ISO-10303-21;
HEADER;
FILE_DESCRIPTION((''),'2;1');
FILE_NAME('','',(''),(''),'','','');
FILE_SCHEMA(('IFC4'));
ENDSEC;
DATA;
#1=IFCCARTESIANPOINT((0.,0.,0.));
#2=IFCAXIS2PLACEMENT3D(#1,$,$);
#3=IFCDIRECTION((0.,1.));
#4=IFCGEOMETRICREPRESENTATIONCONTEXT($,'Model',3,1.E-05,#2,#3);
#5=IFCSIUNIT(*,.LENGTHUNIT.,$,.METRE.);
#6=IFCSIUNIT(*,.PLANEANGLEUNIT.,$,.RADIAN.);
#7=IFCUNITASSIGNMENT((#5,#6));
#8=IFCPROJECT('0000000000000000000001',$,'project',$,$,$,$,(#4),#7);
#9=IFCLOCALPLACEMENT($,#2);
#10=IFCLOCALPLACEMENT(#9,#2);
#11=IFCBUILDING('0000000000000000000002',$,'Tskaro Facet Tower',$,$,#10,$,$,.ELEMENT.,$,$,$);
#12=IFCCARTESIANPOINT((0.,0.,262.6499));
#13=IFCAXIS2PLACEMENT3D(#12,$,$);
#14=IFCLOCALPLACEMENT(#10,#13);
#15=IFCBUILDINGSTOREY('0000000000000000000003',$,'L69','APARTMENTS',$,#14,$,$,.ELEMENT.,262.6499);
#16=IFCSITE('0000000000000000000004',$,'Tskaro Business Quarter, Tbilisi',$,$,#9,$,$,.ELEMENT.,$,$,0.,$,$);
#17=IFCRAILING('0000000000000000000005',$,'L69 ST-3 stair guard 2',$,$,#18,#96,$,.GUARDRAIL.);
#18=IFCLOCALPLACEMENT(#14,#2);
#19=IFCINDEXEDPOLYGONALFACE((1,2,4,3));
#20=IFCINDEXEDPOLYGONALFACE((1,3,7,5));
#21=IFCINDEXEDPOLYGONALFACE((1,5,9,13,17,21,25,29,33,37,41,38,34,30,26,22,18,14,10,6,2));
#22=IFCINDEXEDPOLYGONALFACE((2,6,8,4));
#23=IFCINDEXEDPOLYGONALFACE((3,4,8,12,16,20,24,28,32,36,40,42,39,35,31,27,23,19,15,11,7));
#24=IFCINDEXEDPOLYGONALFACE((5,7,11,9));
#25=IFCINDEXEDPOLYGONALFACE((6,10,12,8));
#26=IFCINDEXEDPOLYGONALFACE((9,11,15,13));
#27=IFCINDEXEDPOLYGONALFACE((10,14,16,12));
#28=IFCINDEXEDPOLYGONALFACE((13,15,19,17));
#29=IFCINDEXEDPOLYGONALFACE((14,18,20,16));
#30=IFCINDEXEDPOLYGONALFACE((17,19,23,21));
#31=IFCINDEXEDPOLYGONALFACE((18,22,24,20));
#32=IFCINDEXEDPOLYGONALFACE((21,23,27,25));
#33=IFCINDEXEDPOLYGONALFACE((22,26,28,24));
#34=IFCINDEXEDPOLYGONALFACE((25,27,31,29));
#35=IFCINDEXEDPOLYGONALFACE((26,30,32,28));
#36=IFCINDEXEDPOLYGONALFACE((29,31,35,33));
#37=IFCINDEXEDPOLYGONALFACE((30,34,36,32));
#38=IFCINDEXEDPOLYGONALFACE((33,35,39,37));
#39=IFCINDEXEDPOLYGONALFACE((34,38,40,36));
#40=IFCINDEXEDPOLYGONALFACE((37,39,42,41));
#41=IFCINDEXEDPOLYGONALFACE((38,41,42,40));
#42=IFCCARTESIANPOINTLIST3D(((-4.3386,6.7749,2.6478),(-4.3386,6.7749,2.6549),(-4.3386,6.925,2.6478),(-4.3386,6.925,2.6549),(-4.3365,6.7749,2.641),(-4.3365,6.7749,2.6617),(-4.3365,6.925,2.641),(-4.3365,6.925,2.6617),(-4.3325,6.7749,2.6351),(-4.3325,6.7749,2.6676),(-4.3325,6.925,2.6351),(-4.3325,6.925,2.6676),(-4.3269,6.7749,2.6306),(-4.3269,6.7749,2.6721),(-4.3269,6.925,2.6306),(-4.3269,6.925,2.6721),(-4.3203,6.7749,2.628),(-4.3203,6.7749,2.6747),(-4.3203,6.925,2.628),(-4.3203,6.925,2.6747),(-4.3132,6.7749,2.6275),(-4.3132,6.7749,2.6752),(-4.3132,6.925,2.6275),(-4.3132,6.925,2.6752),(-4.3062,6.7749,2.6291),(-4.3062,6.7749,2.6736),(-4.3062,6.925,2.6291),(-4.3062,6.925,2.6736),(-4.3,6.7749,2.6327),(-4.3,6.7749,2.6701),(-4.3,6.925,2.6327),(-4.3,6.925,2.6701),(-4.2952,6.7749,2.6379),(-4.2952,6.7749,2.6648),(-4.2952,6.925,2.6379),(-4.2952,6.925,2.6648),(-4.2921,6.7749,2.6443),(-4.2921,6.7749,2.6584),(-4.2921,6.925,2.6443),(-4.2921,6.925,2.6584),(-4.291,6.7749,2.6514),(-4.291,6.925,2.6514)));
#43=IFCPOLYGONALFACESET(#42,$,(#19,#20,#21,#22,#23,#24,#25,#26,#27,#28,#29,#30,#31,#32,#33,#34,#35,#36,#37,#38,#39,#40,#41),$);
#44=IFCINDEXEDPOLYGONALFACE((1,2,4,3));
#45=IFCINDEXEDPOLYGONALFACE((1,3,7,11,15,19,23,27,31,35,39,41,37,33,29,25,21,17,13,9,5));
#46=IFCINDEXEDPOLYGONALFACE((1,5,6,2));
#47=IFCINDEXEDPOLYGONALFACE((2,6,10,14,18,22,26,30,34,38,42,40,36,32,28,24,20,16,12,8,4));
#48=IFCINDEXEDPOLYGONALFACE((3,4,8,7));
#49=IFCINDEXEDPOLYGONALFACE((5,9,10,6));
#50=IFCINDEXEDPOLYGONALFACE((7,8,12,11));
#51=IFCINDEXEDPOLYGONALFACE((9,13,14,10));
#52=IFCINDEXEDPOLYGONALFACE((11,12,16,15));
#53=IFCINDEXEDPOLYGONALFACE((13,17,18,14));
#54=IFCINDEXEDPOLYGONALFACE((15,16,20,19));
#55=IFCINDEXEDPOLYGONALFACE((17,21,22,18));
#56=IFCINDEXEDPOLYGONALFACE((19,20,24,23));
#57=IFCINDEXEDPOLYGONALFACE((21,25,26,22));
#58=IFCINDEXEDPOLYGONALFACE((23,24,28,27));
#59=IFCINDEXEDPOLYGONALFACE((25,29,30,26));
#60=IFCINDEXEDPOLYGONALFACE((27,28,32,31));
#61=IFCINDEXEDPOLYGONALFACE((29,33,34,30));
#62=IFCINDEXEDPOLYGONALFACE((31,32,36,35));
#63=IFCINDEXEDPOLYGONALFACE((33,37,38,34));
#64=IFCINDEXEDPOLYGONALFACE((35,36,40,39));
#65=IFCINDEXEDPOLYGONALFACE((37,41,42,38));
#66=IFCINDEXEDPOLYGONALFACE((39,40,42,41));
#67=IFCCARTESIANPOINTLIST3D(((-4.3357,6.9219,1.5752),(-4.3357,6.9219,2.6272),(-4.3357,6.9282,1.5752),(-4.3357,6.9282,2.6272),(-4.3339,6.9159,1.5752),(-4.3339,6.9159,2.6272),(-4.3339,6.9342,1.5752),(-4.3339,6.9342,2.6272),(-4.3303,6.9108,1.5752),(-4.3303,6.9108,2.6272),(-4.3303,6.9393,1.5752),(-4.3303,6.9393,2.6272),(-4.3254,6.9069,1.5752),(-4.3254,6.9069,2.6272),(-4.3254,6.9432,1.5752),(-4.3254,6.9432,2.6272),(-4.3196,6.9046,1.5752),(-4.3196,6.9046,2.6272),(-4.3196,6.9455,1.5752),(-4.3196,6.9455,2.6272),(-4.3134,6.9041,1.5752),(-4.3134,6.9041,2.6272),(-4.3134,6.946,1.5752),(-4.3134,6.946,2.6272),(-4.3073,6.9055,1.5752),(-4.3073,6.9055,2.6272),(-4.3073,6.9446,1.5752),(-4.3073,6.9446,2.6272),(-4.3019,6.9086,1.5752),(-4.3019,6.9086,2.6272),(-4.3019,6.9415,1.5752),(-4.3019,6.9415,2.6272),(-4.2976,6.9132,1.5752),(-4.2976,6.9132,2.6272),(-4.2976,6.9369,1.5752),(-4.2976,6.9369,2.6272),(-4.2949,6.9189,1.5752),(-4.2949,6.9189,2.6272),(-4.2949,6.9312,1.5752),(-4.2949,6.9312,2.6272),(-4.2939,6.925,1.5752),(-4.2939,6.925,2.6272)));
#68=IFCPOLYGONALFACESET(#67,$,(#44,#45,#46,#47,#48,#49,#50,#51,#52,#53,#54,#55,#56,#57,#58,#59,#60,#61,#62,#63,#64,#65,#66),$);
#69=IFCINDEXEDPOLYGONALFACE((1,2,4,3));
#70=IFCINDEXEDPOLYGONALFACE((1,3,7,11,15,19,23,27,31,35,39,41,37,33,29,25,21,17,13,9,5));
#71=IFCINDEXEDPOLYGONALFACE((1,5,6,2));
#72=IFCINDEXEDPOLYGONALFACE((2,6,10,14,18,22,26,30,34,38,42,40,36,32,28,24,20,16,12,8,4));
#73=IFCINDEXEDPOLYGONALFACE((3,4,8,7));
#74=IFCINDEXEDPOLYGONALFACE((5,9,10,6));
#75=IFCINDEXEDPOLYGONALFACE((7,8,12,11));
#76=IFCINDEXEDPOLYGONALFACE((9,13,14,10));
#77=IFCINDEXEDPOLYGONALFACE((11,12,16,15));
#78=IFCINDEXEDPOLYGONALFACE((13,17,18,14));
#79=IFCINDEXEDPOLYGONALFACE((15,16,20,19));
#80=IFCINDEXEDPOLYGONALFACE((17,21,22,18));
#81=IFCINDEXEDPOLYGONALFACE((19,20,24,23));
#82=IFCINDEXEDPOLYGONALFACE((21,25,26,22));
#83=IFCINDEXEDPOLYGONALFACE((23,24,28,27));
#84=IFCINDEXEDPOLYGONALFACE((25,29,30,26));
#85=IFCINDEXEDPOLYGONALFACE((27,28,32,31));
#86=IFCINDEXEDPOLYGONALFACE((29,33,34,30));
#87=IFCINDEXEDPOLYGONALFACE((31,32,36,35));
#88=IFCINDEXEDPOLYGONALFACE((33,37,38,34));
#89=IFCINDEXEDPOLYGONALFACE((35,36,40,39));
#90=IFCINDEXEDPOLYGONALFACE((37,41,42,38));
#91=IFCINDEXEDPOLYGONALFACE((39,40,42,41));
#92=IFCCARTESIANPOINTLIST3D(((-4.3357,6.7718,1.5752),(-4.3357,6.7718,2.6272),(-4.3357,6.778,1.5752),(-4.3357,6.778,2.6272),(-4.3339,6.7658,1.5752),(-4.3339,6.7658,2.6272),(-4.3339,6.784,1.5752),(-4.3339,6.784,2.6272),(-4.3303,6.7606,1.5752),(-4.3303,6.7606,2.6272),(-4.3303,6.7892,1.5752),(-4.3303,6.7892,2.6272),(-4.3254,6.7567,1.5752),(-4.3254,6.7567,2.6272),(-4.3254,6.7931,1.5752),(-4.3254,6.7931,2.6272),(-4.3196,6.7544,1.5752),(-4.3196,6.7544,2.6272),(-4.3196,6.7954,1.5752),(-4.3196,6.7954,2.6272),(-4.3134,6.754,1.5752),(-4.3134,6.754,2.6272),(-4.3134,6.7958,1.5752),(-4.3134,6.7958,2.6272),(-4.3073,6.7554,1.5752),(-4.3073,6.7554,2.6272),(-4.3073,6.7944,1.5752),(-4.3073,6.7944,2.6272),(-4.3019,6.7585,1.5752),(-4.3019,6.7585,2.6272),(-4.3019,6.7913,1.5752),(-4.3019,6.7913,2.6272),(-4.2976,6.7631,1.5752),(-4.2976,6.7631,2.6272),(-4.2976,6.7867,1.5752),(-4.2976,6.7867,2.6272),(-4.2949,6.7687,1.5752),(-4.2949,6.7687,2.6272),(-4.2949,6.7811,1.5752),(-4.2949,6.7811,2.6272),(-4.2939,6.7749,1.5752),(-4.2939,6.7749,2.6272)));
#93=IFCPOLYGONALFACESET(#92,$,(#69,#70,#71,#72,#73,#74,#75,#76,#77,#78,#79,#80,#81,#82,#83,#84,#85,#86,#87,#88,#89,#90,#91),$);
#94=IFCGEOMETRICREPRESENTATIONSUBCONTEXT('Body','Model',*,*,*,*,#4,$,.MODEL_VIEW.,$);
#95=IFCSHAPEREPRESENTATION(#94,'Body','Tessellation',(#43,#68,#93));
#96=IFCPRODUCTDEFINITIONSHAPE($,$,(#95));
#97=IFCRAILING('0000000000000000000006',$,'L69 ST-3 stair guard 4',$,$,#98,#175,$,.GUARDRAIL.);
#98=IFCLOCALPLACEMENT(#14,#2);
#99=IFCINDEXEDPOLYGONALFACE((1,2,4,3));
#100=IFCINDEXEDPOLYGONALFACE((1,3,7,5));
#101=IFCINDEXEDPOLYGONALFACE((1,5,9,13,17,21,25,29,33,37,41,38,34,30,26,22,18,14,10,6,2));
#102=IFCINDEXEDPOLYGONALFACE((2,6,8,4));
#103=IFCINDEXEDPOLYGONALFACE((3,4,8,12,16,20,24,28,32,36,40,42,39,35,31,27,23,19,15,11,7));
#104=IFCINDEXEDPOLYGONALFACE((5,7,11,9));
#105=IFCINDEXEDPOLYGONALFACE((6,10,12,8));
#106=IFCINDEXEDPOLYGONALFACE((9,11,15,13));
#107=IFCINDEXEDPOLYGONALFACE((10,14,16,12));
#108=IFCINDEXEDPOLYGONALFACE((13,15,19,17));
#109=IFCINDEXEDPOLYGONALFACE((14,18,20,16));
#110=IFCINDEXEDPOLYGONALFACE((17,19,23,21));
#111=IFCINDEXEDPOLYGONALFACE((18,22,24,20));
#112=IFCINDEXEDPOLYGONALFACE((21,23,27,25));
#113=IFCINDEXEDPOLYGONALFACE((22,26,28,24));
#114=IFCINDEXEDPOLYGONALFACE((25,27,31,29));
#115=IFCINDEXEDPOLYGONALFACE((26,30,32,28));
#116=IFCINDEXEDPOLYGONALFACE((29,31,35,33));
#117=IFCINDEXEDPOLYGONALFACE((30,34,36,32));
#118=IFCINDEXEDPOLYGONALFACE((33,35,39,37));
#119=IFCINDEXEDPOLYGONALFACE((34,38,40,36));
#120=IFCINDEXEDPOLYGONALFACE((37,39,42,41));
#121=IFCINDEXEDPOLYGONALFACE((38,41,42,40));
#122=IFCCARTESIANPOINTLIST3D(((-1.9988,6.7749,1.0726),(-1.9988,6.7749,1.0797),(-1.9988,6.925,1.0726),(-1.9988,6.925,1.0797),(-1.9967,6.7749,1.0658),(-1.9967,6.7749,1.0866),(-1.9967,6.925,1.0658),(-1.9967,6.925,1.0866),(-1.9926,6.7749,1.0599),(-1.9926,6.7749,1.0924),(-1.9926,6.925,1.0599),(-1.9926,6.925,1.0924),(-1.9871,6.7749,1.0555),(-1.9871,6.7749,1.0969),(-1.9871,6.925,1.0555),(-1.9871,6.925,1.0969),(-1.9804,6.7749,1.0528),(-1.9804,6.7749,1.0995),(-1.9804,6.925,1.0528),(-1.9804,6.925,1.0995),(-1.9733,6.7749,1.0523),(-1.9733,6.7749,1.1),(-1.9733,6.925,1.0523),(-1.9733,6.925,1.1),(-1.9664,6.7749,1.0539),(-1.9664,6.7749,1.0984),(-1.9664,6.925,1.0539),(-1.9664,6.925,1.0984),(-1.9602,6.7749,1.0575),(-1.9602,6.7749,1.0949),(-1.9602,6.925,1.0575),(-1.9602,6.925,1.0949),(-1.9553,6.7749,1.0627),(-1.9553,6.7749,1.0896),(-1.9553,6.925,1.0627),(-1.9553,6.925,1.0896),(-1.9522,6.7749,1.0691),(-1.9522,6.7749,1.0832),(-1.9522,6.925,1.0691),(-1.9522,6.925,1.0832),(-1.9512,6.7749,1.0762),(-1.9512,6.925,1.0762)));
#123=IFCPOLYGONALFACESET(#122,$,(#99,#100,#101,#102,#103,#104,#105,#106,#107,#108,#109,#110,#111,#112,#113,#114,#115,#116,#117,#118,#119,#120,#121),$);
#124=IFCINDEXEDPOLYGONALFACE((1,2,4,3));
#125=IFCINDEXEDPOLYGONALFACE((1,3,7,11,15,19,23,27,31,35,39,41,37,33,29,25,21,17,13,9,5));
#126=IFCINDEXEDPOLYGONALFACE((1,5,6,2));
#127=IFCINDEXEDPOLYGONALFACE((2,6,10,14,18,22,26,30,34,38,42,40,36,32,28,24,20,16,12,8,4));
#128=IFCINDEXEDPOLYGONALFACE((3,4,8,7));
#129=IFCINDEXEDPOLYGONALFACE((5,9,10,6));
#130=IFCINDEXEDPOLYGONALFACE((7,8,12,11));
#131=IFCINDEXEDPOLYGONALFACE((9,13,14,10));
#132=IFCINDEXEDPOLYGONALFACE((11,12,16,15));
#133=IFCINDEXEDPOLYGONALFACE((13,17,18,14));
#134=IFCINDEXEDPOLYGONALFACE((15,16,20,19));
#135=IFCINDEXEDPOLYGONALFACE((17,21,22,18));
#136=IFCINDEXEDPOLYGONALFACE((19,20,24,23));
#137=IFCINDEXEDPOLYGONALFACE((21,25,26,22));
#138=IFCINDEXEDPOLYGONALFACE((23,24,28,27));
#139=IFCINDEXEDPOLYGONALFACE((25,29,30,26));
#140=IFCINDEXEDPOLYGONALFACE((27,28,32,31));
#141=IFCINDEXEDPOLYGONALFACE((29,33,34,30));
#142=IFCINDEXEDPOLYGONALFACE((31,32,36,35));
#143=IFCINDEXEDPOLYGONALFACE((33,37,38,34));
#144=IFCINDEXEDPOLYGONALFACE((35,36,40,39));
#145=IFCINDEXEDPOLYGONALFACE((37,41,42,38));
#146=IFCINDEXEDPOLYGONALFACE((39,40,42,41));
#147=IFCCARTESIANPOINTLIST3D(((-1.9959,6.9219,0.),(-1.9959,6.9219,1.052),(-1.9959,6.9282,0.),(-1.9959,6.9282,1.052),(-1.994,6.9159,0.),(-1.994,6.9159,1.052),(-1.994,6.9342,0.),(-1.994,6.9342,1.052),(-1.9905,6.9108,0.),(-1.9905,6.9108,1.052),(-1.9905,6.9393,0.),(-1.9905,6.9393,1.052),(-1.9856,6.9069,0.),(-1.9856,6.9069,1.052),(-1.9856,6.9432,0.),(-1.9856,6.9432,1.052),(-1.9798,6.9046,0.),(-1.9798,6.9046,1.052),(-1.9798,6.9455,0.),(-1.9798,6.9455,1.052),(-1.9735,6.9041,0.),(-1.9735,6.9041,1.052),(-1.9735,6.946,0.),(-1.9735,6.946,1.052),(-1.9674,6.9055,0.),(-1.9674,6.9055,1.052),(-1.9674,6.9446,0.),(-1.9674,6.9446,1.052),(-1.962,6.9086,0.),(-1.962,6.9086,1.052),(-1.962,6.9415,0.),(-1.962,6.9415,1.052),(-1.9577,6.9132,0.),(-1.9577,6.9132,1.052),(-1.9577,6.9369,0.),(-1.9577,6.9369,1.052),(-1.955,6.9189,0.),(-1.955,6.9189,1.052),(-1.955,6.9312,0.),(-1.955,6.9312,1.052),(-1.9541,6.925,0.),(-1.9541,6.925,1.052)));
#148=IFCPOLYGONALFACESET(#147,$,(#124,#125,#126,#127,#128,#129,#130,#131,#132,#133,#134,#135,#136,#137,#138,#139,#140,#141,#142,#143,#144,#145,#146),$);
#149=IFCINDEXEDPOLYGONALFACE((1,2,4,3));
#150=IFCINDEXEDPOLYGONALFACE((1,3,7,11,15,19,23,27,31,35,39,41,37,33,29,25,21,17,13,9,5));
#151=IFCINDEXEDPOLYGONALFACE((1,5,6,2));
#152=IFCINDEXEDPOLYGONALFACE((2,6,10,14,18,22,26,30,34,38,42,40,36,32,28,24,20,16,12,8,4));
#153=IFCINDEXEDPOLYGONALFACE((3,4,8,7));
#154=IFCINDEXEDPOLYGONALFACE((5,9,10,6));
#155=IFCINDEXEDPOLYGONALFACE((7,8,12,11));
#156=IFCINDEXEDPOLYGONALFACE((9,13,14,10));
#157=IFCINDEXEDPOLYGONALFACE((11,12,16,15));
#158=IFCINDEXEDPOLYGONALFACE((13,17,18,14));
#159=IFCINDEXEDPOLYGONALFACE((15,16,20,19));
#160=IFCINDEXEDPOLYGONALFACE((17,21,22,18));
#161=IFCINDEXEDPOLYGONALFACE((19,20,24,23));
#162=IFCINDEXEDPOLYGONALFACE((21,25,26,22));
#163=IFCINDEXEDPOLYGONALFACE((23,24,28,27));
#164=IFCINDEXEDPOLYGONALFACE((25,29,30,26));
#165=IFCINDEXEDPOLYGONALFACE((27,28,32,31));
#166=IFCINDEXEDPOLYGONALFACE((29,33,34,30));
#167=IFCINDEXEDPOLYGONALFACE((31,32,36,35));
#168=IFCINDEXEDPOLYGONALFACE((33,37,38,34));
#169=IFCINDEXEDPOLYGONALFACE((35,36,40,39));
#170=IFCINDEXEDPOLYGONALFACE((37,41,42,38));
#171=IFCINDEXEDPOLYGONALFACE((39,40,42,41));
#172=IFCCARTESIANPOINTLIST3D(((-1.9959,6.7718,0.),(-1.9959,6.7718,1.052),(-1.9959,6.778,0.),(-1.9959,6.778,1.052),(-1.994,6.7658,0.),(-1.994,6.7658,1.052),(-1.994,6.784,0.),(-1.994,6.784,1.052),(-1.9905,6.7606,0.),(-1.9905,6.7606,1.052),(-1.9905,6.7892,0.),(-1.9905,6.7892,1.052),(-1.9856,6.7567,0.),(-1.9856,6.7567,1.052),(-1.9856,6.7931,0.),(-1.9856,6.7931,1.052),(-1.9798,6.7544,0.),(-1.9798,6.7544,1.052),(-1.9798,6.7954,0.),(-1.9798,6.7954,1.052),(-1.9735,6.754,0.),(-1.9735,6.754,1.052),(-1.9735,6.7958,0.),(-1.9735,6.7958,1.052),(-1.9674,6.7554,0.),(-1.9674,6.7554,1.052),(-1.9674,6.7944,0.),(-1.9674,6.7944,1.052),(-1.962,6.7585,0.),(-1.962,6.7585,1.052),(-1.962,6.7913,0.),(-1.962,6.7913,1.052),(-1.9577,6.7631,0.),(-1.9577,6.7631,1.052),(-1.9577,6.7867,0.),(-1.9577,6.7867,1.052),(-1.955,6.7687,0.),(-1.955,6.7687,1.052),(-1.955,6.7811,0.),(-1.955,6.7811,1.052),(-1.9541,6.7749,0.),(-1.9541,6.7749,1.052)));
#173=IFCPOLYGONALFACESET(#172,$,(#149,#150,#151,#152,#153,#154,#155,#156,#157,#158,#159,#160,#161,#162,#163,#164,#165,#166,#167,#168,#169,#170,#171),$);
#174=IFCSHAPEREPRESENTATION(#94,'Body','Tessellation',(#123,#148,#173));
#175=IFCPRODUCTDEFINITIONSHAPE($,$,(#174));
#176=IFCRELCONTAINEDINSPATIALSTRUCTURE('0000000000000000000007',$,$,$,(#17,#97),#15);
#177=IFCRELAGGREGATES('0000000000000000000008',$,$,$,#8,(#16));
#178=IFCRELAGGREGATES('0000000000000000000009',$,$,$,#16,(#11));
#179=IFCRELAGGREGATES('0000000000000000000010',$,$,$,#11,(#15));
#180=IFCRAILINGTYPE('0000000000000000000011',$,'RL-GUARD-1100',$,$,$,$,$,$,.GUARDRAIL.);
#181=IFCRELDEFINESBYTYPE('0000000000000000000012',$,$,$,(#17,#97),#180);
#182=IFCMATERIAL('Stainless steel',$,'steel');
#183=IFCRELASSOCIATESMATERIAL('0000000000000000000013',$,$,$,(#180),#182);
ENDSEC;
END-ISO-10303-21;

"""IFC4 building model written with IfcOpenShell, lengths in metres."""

from ifc_helpers import new_model, si_unit, direction, frame, origin, origin_2d, place, context, subcontext, project, spatial, circle, extrude, material, type_object, element, save


model = new_model("IFC4")

# Units and contexts
model_context = context("Model", 3, precision=1e-05, world=origin(), true_north=direction((0.0, 1.0)))
body_context = subcontext(model_context, "Body", "Model", "MODEL_VIEW")
ifc_project = project(units=[si_unit("LENGTHUNIT", "METRE"), si_unit("PLANEANGLEUNIT", "RADIAN")], contexts=[model_context])

# Site, building, storey
site_placement = place(None, origin())
site = spatial("IfcSite", under=ifc_project, at=site_placement, Name="Tskaro Business Quarter, Tbilisi", CompositionType="ELEMENT", RefElevation=0.0)
building_placement = place(site_placement, origin())
building = spatial("IfcBuilding", under=site, at=building_placement, Name="Tskaro Facet Tower", CompositionType="ELEMENT")
storey_placement = place(building_placement, frame((0.0, 0.0, 262.6499)))
storey = spatial("IfcBuildingStorey", under=building, at=storey_placement, Name="L69", Description="APARTMENTS", CompositionType="ELEMENT", Elevation=262.6499)

# Railings
ifc_material_1 = material(Name="Stainless steel", Category="steel")
railing_type_1 = type_object("IfcRailingType", Name="RL-GUARD-1100", PredefinedType="GUARDRAIL", material=ifc_material_1)
for number, where, name in (
    (1, (-4.3149, 6.925, 1.5752), "L69 ST-3 stair guard 2"),
    (2, (-1.9751, 6.925, 0.0), "L69 ST-3 stair guard 4"),
):
    element("IfcRailing", number, at=place(storey_placement, frame(where)), inside=storey, type_object=railing_type_1, Name=name, PredefinedType="GUARDRAIL", context=body_context, shape_type="SweptSolid", body=[
        extrude(circle(Radius=0.0239, at=origin_2d()), frame((0.0, 0.0, 1.0762), z_axis=(0.0, -1.0, 0.0), x_axis=(1.0, 0.0, 0.0)), (0.0, 0.0, 1.0), 0.1501),
        extrude(circle(Radius=0.021, at=origin_2d()), origin(), (0.0, 0.0, 1.0), 1.052),
        extrude(circle(Radius=0.021, at=origin_2d()), frame((0.0, -0.1501, 0.0)), (0.0, 0.0, 1.0), 1.052),
    ])

save(model, "model.ifc")
